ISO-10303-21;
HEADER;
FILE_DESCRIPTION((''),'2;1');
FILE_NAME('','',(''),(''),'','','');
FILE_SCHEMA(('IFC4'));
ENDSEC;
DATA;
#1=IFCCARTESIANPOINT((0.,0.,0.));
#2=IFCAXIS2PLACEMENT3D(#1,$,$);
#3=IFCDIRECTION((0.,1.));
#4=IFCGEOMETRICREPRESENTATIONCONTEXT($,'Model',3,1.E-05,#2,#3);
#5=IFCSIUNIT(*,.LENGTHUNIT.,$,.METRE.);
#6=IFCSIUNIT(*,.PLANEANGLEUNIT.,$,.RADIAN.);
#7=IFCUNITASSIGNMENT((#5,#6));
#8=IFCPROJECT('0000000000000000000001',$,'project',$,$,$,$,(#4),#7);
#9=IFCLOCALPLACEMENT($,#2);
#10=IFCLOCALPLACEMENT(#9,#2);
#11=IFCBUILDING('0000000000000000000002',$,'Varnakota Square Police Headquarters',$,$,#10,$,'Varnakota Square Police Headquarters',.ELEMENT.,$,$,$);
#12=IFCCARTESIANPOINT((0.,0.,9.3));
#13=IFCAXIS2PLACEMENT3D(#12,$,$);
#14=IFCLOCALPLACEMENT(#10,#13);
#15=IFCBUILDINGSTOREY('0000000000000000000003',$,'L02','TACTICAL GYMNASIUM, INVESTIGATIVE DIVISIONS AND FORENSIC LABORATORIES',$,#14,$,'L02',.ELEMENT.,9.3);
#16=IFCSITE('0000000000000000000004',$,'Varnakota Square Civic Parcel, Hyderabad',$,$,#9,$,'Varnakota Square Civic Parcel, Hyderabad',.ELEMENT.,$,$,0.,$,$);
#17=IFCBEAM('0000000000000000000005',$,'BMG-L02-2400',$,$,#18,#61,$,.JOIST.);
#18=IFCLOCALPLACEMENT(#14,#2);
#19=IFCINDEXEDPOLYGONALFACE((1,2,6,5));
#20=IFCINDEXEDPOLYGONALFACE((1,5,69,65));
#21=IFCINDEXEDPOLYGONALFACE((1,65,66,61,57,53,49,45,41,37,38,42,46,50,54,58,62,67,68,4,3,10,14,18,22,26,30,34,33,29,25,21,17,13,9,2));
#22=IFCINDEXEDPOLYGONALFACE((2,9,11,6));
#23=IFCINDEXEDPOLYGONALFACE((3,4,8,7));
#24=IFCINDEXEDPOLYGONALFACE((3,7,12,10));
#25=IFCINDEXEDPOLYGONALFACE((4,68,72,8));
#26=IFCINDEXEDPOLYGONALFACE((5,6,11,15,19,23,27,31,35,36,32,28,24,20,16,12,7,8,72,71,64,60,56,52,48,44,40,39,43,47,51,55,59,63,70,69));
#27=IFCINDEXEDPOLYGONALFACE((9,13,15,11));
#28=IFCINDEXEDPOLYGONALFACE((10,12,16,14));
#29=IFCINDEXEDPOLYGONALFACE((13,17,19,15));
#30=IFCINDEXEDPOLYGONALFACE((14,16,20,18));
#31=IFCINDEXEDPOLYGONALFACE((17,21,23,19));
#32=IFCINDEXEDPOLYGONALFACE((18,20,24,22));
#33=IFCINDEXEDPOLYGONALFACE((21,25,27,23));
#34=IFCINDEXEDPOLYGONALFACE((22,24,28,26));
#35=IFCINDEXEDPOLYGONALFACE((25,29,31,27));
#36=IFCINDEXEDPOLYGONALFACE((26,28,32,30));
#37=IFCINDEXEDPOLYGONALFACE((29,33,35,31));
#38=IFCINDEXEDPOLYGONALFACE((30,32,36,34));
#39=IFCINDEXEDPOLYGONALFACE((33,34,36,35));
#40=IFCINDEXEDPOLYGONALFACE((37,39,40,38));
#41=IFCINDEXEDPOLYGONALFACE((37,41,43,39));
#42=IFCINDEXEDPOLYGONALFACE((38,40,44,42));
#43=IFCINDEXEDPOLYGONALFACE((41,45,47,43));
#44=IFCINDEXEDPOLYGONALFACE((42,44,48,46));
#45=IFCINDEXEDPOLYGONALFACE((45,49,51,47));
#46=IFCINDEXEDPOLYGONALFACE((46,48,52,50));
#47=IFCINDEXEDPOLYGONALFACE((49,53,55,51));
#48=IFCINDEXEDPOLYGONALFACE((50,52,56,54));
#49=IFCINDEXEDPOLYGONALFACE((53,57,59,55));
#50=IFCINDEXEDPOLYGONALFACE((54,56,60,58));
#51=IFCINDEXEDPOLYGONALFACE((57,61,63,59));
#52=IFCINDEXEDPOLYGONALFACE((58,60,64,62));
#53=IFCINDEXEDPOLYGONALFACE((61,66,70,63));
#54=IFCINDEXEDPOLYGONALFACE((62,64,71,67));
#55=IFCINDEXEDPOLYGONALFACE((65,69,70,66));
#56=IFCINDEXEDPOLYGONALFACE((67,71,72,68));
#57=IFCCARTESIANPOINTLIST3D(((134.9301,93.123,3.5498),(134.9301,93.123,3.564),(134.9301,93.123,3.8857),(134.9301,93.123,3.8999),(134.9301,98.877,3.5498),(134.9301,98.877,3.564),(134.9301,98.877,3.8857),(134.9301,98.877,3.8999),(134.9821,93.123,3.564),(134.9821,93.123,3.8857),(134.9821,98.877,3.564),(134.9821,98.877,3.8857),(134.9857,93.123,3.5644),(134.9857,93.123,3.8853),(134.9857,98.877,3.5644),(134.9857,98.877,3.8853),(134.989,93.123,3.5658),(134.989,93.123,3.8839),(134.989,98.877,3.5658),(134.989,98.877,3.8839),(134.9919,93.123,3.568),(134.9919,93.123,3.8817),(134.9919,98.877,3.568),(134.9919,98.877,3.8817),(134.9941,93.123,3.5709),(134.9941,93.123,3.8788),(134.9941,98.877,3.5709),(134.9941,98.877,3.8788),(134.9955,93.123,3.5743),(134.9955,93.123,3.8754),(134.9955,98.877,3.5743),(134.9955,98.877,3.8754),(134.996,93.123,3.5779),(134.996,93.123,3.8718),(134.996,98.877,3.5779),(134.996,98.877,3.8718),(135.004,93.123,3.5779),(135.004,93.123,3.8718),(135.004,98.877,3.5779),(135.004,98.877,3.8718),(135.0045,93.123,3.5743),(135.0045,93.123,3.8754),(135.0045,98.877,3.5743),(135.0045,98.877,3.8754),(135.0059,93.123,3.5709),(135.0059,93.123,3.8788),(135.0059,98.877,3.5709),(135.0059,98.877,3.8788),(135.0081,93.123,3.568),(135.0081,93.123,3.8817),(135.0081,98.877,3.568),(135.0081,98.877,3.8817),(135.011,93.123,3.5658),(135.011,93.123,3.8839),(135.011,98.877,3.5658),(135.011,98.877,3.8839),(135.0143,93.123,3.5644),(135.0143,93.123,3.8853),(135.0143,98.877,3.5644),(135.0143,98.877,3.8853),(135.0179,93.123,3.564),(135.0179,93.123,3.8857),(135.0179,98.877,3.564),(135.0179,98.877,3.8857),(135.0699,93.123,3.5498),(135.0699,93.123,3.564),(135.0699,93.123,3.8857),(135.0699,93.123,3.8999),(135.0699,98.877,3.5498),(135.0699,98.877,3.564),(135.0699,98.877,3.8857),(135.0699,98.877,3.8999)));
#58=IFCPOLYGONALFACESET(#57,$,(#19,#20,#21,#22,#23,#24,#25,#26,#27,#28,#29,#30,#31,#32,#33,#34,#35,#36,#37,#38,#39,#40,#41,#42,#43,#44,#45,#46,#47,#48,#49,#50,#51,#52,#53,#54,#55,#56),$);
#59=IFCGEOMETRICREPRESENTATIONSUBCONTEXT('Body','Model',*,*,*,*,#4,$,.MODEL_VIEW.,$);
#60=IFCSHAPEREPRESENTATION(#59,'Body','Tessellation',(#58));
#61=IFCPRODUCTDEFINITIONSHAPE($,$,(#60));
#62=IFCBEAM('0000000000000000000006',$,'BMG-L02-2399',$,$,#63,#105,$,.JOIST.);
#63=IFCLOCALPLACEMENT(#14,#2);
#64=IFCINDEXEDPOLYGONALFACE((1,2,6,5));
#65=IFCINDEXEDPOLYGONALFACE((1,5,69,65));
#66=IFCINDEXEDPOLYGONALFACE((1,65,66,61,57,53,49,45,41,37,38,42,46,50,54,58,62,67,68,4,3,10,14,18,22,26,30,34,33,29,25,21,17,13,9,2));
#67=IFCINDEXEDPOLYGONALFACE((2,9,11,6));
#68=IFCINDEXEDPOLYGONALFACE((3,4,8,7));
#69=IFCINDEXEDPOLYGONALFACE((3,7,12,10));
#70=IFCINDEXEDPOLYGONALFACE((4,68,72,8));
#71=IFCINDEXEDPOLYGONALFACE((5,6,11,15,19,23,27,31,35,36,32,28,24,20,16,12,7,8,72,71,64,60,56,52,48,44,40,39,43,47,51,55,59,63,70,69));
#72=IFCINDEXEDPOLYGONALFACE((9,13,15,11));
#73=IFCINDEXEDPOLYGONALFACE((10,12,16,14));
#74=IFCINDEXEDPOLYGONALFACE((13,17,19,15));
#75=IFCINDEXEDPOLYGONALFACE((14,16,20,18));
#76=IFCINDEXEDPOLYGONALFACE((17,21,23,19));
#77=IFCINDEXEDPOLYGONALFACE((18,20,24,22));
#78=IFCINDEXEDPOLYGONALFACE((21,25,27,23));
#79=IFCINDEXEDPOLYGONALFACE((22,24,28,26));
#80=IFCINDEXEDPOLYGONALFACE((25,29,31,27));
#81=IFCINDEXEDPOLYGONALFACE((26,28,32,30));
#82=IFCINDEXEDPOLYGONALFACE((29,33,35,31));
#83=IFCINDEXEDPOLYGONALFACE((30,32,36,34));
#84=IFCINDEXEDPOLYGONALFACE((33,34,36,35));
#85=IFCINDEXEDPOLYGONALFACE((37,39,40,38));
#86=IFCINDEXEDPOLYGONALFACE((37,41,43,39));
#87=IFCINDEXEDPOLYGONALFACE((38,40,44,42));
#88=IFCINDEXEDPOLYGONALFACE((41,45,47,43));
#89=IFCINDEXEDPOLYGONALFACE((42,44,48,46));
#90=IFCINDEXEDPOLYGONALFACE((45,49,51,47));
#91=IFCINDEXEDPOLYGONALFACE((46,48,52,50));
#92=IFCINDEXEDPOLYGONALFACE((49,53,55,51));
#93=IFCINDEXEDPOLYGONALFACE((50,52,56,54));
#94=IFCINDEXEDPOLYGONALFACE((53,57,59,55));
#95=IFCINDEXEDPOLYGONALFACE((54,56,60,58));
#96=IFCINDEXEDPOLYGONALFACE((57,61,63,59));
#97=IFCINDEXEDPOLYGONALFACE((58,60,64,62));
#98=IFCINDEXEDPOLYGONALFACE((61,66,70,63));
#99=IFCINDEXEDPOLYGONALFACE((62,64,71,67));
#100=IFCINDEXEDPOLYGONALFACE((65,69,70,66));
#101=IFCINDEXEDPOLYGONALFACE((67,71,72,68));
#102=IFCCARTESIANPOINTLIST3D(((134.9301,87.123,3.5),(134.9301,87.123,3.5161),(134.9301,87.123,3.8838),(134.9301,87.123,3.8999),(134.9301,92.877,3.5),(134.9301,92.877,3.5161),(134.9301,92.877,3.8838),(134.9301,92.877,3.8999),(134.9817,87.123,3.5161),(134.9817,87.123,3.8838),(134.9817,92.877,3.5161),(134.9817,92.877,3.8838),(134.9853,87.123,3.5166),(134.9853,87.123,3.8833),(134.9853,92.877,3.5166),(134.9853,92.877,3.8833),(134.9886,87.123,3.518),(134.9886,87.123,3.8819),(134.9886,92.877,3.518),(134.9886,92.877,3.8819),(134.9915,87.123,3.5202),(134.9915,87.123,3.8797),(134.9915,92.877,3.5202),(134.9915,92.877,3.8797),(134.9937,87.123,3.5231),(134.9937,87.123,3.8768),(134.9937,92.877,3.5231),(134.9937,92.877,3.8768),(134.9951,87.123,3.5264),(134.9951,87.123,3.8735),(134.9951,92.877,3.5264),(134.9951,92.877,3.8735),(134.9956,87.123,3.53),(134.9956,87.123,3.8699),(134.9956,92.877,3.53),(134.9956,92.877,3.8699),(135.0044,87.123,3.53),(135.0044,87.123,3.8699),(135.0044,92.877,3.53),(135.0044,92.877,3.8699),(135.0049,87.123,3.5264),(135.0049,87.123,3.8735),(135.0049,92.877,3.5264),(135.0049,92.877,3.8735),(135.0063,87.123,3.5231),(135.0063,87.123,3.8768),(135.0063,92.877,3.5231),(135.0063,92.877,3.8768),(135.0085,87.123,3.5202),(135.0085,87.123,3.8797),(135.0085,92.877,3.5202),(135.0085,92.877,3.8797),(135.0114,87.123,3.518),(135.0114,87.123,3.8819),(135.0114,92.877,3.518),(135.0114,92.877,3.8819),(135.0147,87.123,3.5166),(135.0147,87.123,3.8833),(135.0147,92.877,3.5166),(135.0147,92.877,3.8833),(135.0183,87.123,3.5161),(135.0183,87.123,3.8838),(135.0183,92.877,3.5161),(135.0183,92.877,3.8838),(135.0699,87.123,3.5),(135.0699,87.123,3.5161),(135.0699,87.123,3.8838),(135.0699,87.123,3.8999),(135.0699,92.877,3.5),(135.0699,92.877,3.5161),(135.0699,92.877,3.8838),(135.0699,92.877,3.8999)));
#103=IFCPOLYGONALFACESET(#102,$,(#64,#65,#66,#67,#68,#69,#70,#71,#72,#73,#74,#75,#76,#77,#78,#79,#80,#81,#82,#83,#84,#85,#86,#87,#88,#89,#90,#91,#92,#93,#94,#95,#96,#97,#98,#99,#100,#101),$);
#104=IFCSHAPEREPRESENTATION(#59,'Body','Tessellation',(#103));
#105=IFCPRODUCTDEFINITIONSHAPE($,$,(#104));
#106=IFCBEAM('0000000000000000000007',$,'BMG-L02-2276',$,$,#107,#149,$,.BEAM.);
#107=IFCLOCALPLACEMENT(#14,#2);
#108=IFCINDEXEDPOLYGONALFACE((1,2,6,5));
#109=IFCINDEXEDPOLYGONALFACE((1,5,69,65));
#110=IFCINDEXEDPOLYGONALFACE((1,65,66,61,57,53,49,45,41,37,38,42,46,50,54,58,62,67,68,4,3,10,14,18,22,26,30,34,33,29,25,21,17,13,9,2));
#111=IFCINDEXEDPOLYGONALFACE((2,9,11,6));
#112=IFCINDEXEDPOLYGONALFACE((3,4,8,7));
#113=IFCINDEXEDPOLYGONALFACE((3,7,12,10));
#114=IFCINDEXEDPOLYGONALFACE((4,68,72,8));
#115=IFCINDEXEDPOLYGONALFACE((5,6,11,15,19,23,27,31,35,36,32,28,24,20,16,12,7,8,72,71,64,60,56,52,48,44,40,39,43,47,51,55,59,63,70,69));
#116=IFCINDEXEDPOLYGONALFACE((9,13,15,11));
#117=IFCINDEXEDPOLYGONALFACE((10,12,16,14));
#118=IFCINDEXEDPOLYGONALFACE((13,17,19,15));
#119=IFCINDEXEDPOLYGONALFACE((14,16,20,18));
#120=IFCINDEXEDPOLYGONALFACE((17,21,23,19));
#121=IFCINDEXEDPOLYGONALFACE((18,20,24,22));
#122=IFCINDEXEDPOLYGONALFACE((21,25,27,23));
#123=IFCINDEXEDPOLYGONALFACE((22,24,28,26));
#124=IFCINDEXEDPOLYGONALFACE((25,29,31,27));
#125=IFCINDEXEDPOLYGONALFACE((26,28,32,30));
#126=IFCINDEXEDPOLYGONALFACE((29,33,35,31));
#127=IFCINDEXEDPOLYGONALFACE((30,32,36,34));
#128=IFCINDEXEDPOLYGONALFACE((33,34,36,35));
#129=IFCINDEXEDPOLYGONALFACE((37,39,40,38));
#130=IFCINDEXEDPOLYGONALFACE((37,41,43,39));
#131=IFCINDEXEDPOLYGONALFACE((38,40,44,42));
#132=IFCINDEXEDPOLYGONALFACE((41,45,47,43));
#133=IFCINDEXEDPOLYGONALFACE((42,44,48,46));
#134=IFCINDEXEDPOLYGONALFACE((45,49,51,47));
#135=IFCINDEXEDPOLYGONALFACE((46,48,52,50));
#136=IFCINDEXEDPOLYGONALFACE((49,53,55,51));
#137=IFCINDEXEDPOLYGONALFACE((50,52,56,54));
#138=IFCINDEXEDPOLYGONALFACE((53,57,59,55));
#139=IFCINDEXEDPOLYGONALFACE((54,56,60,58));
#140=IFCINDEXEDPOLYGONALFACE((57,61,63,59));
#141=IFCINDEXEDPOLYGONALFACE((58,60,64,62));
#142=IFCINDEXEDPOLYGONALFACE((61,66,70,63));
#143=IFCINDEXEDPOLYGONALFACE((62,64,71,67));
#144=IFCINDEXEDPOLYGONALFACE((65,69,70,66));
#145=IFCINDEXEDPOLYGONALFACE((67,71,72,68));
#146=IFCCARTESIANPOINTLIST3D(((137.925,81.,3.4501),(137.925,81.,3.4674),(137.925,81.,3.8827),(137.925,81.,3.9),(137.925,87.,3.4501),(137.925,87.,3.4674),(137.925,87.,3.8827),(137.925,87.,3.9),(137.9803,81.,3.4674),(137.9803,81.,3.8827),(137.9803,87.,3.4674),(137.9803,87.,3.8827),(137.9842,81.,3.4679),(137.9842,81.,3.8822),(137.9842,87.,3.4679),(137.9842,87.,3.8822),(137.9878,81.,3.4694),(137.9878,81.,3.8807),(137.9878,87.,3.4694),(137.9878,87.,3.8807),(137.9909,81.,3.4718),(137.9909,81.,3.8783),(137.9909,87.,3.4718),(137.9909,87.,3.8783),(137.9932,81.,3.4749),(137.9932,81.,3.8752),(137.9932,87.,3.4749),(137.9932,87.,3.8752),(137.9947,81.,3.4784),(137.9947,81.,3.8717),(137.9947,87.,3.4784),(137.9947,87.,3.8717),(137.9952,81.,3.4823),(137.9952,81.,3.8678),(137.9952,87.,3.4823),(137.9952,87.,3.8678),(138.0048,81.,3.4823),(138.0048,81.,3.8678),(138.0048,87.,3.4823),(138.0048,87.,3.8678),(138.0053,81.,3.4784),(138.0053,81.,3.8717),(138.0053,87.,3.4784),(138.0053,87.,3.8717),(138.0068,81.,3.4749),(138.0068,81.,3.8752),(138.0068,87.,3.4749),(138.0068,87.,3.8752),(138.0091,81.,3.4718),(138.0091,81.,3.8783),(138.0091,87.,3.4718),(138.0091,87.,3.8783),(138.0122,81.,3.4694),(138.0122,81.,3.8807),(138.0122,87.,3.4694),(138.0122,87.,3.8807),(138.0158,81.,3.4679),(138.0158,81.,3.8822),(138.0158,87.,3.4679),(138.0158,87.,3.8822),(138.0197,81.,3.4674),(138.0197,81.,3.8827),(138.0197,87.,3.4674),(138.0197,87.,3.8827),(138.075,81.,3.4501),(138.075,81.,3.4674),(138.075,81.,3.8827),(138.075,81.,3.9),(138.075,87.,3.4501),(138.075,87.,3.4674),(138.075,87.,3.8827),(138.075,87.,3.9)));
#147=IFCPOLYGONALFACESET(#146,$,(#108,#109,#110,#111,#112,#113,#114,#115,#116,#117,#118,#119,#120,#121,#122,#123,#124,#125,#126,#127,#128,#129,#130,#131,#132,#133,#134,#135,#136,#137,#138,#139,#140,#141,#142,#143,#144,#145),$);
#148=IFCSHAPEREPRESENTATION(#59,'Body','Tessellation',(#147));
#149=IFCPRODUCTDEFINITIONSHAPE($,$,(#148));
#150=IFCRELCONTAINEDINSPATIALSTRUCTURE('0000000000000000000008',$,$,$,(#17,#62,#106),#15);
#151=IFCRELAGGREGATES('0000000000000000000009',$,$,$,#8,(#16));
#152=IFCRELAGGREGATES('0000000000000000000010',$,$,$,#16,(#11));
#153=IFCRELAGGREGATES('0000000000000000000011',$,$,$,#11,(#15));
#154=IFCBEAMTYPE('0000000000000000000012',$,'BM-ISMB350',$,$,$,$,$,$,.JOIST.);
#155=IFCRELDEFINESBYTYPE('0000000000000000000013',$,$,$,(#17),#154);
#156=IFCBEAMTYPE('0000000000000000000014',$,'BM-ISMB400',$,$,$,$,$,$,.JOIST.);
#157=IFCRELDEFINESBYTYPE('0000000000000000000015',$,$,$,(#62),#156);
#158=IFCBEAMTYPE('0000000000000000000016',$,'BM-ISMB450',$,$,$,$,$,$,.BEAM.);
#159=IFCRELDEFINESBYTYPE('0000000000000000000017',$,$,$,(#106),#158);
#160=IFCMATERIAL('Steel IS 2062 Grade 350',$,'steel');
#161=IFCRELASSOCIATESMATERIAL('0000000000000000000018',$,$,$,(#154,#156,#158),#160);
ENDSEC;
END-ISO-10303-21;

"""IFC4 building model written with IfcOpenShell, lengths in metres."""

from ifc_helpers import new_model, si_unit, direction, frame, origin, origin_2d, place, context, subcontext, project, spatial, i_section, extrude, material, material_profile, profile_set, type_object, element, save


model = new_model("IFC4")

# Units and contexts
model_context = context("Model", 3, precision=1e-05, world=origin(), true_north=direction((0.0, 1.0)))
body_context = subcontext(model_context, "Body", "Model", "MODEL_VIEW")
ifc_project = project(units=[si_unit("LENGTHUNIT", "METRE"), si_unit("PLANEANGLEUNIT", "RADIAN")], contexts=[model_context])

# Site, building, storey
site_placement = place(None, origin())
site = spatial("IfcSite", under=ifc_project, at=site_placement, Name="Varnakota Square Civic Parcel, Hyderabad", LongName="Varnakota Square Civic Parcel, Hyderabad", CompositionType="ELEMENT", RefElevation=0.0)
building_placement = place(site_placement, origin())
building = spatial("IfcBuilding", under=site, at=building_placement, Name="Varnakota Square Police Headquarters", LongName="Varnakota Square Police Headquarters", CompositionType="ELEMENT")
storey_placement = place(building_placement, frame((0.0, 0.0, 9.3)))
storey = spatial("IfcBuildingStorey", under=building, at=storey_placement, Name="L02", Description="TACTICAL GYMNASIUM, INVESTIGATIVE DIVISIONS AND FORENSIC LABORATORIES", LongName="L02", CompositionType="ELEMENT", Elevation=9.3)

# Shared definitions
ifc_material_1 = material(Name="Steel IS 2062 Grade 350", Category="steel")

# Beams
ifc_material_profile_1 = material_profile(ifc_material_1, i_section(OverallWidth=0.1399, OverallDepth=0.3501, WebThickness=0.0081, FlangeThickness=0.0142, FilletRadius=0.0139, at=origin_2d()), Name="ISMB 350")
ifc_profile_set_1 = profile_set([ifc_material_profile_1], Name="Steel IS 2062 Grade 350")
beam_type_1 = type_object("IfcBeamType", Name="BM-ISMB350", PredefinedType="JOIST", material=ifc_profile_set_1)
beam_1_placement = place(storey_placement, frame((135.0, 93.123, 3.7249), z_axis=(0.0, 1.0, 0.0), x_axis=(-1.0, 0.0, 0.0)))
element("IfcBeam", 1, at=beam_1_placement, inside=storey, type_object=beam_type_1, Name="BMG-L02-2400", PredefinedType="JOIST", context=body_context, shape_type="SweptSolid", body=[
    extrude(i_section(OverallWidth=0.1399, OverallDepth=0.3501, WebThickness=0.0081, FlangeThickness=0.0142, FilletRadius=0.0139, at=origin_2d()), origin(), (0.0, 0.0, 1.0), 5.7539),
])
ifc_material_profile_2 = material_profile(ifc_material_1, i_section(OverallWidth=0.1399, OverallDepth=0.3999, WebThickness=0.0088, FlangeThickness=0.0161, FilletRadius=0.0139, at=origin_2d()), Name="ISMB 400")
ifc_profile_set_2 = profile_set([ifc_material_profile_2], Name="Steel IS 2062 Grade 350")
beam_type_2 = type_object("IfcBeamType", Name="BM-ISMB400", PredefinedType="JOIST", material=ifc_profile_set_2)
beam_2_placement = place(storey_placement, frame((135.0, 87.123, 3.7), z_axis=(0.0, 1.0, 0.0), x_axis=(-1.0, 0.0, 0.0)))
element("IfcBeam", 2, at=beam_2_placement, inside=storey, type_object=beam_type_2, Name="BMG-L02-2399", PredefinedType="JOIST", context=body_context, shape_type="SweptSolid", body=[
    extrude(i_section(OverallWidth=0.1399, OverallDepth=0.3999, WebThickness=0.0088, FlangeThickness=0.0161, FilletRadius=0.0139, at=origin_2d()), origin(), (0.0, 0.0, 1.0), 5.7539),
])
ifc_material_profile_3 = material_profile(ifc_material_1, i_section(OverallWidth=0.1499, OverallDepth=0.45, WebThickness=0.0095, FlangeThickness=0.0173, FilletRadius=0.0149, at=origin_2d()), Name="ISMB 450")
ifc_profile_set_3 = profile_set([ifc_material_profile_3], Name="Steel IS 2062 Grade 350")
beam_type_3 = type_object("IfcBeamType", Name="BM-ISMB450", PredefinedType="BEAM", material=ifc_profile_set_3)
beam_3_placement = place(storey_placement, frame((138.0, 81.0, 3.675), z_axis=(0.0, 1.0, 0.0), x_axis=(-1.0, 0.0, 0.0)))
element("IfcBeam", 3, at=beam_3_placement, inside=storey, type_object=beam_type_3, Name="BMG-L02-2276", PredefinedType="BEAM", context=body_context, shape_type="SweptSolid", body=[
    extrude(i_section(OverallWidth=0.1499, OverallDepth=0.45, WebThickness=0.0095, FlangeThickness=0.0173, FilletRadius=0.0149, at=origin_2d()), origin(), (0.0, 0.0, 1.0), 6.0),
])

save(model, "model.ifc")
